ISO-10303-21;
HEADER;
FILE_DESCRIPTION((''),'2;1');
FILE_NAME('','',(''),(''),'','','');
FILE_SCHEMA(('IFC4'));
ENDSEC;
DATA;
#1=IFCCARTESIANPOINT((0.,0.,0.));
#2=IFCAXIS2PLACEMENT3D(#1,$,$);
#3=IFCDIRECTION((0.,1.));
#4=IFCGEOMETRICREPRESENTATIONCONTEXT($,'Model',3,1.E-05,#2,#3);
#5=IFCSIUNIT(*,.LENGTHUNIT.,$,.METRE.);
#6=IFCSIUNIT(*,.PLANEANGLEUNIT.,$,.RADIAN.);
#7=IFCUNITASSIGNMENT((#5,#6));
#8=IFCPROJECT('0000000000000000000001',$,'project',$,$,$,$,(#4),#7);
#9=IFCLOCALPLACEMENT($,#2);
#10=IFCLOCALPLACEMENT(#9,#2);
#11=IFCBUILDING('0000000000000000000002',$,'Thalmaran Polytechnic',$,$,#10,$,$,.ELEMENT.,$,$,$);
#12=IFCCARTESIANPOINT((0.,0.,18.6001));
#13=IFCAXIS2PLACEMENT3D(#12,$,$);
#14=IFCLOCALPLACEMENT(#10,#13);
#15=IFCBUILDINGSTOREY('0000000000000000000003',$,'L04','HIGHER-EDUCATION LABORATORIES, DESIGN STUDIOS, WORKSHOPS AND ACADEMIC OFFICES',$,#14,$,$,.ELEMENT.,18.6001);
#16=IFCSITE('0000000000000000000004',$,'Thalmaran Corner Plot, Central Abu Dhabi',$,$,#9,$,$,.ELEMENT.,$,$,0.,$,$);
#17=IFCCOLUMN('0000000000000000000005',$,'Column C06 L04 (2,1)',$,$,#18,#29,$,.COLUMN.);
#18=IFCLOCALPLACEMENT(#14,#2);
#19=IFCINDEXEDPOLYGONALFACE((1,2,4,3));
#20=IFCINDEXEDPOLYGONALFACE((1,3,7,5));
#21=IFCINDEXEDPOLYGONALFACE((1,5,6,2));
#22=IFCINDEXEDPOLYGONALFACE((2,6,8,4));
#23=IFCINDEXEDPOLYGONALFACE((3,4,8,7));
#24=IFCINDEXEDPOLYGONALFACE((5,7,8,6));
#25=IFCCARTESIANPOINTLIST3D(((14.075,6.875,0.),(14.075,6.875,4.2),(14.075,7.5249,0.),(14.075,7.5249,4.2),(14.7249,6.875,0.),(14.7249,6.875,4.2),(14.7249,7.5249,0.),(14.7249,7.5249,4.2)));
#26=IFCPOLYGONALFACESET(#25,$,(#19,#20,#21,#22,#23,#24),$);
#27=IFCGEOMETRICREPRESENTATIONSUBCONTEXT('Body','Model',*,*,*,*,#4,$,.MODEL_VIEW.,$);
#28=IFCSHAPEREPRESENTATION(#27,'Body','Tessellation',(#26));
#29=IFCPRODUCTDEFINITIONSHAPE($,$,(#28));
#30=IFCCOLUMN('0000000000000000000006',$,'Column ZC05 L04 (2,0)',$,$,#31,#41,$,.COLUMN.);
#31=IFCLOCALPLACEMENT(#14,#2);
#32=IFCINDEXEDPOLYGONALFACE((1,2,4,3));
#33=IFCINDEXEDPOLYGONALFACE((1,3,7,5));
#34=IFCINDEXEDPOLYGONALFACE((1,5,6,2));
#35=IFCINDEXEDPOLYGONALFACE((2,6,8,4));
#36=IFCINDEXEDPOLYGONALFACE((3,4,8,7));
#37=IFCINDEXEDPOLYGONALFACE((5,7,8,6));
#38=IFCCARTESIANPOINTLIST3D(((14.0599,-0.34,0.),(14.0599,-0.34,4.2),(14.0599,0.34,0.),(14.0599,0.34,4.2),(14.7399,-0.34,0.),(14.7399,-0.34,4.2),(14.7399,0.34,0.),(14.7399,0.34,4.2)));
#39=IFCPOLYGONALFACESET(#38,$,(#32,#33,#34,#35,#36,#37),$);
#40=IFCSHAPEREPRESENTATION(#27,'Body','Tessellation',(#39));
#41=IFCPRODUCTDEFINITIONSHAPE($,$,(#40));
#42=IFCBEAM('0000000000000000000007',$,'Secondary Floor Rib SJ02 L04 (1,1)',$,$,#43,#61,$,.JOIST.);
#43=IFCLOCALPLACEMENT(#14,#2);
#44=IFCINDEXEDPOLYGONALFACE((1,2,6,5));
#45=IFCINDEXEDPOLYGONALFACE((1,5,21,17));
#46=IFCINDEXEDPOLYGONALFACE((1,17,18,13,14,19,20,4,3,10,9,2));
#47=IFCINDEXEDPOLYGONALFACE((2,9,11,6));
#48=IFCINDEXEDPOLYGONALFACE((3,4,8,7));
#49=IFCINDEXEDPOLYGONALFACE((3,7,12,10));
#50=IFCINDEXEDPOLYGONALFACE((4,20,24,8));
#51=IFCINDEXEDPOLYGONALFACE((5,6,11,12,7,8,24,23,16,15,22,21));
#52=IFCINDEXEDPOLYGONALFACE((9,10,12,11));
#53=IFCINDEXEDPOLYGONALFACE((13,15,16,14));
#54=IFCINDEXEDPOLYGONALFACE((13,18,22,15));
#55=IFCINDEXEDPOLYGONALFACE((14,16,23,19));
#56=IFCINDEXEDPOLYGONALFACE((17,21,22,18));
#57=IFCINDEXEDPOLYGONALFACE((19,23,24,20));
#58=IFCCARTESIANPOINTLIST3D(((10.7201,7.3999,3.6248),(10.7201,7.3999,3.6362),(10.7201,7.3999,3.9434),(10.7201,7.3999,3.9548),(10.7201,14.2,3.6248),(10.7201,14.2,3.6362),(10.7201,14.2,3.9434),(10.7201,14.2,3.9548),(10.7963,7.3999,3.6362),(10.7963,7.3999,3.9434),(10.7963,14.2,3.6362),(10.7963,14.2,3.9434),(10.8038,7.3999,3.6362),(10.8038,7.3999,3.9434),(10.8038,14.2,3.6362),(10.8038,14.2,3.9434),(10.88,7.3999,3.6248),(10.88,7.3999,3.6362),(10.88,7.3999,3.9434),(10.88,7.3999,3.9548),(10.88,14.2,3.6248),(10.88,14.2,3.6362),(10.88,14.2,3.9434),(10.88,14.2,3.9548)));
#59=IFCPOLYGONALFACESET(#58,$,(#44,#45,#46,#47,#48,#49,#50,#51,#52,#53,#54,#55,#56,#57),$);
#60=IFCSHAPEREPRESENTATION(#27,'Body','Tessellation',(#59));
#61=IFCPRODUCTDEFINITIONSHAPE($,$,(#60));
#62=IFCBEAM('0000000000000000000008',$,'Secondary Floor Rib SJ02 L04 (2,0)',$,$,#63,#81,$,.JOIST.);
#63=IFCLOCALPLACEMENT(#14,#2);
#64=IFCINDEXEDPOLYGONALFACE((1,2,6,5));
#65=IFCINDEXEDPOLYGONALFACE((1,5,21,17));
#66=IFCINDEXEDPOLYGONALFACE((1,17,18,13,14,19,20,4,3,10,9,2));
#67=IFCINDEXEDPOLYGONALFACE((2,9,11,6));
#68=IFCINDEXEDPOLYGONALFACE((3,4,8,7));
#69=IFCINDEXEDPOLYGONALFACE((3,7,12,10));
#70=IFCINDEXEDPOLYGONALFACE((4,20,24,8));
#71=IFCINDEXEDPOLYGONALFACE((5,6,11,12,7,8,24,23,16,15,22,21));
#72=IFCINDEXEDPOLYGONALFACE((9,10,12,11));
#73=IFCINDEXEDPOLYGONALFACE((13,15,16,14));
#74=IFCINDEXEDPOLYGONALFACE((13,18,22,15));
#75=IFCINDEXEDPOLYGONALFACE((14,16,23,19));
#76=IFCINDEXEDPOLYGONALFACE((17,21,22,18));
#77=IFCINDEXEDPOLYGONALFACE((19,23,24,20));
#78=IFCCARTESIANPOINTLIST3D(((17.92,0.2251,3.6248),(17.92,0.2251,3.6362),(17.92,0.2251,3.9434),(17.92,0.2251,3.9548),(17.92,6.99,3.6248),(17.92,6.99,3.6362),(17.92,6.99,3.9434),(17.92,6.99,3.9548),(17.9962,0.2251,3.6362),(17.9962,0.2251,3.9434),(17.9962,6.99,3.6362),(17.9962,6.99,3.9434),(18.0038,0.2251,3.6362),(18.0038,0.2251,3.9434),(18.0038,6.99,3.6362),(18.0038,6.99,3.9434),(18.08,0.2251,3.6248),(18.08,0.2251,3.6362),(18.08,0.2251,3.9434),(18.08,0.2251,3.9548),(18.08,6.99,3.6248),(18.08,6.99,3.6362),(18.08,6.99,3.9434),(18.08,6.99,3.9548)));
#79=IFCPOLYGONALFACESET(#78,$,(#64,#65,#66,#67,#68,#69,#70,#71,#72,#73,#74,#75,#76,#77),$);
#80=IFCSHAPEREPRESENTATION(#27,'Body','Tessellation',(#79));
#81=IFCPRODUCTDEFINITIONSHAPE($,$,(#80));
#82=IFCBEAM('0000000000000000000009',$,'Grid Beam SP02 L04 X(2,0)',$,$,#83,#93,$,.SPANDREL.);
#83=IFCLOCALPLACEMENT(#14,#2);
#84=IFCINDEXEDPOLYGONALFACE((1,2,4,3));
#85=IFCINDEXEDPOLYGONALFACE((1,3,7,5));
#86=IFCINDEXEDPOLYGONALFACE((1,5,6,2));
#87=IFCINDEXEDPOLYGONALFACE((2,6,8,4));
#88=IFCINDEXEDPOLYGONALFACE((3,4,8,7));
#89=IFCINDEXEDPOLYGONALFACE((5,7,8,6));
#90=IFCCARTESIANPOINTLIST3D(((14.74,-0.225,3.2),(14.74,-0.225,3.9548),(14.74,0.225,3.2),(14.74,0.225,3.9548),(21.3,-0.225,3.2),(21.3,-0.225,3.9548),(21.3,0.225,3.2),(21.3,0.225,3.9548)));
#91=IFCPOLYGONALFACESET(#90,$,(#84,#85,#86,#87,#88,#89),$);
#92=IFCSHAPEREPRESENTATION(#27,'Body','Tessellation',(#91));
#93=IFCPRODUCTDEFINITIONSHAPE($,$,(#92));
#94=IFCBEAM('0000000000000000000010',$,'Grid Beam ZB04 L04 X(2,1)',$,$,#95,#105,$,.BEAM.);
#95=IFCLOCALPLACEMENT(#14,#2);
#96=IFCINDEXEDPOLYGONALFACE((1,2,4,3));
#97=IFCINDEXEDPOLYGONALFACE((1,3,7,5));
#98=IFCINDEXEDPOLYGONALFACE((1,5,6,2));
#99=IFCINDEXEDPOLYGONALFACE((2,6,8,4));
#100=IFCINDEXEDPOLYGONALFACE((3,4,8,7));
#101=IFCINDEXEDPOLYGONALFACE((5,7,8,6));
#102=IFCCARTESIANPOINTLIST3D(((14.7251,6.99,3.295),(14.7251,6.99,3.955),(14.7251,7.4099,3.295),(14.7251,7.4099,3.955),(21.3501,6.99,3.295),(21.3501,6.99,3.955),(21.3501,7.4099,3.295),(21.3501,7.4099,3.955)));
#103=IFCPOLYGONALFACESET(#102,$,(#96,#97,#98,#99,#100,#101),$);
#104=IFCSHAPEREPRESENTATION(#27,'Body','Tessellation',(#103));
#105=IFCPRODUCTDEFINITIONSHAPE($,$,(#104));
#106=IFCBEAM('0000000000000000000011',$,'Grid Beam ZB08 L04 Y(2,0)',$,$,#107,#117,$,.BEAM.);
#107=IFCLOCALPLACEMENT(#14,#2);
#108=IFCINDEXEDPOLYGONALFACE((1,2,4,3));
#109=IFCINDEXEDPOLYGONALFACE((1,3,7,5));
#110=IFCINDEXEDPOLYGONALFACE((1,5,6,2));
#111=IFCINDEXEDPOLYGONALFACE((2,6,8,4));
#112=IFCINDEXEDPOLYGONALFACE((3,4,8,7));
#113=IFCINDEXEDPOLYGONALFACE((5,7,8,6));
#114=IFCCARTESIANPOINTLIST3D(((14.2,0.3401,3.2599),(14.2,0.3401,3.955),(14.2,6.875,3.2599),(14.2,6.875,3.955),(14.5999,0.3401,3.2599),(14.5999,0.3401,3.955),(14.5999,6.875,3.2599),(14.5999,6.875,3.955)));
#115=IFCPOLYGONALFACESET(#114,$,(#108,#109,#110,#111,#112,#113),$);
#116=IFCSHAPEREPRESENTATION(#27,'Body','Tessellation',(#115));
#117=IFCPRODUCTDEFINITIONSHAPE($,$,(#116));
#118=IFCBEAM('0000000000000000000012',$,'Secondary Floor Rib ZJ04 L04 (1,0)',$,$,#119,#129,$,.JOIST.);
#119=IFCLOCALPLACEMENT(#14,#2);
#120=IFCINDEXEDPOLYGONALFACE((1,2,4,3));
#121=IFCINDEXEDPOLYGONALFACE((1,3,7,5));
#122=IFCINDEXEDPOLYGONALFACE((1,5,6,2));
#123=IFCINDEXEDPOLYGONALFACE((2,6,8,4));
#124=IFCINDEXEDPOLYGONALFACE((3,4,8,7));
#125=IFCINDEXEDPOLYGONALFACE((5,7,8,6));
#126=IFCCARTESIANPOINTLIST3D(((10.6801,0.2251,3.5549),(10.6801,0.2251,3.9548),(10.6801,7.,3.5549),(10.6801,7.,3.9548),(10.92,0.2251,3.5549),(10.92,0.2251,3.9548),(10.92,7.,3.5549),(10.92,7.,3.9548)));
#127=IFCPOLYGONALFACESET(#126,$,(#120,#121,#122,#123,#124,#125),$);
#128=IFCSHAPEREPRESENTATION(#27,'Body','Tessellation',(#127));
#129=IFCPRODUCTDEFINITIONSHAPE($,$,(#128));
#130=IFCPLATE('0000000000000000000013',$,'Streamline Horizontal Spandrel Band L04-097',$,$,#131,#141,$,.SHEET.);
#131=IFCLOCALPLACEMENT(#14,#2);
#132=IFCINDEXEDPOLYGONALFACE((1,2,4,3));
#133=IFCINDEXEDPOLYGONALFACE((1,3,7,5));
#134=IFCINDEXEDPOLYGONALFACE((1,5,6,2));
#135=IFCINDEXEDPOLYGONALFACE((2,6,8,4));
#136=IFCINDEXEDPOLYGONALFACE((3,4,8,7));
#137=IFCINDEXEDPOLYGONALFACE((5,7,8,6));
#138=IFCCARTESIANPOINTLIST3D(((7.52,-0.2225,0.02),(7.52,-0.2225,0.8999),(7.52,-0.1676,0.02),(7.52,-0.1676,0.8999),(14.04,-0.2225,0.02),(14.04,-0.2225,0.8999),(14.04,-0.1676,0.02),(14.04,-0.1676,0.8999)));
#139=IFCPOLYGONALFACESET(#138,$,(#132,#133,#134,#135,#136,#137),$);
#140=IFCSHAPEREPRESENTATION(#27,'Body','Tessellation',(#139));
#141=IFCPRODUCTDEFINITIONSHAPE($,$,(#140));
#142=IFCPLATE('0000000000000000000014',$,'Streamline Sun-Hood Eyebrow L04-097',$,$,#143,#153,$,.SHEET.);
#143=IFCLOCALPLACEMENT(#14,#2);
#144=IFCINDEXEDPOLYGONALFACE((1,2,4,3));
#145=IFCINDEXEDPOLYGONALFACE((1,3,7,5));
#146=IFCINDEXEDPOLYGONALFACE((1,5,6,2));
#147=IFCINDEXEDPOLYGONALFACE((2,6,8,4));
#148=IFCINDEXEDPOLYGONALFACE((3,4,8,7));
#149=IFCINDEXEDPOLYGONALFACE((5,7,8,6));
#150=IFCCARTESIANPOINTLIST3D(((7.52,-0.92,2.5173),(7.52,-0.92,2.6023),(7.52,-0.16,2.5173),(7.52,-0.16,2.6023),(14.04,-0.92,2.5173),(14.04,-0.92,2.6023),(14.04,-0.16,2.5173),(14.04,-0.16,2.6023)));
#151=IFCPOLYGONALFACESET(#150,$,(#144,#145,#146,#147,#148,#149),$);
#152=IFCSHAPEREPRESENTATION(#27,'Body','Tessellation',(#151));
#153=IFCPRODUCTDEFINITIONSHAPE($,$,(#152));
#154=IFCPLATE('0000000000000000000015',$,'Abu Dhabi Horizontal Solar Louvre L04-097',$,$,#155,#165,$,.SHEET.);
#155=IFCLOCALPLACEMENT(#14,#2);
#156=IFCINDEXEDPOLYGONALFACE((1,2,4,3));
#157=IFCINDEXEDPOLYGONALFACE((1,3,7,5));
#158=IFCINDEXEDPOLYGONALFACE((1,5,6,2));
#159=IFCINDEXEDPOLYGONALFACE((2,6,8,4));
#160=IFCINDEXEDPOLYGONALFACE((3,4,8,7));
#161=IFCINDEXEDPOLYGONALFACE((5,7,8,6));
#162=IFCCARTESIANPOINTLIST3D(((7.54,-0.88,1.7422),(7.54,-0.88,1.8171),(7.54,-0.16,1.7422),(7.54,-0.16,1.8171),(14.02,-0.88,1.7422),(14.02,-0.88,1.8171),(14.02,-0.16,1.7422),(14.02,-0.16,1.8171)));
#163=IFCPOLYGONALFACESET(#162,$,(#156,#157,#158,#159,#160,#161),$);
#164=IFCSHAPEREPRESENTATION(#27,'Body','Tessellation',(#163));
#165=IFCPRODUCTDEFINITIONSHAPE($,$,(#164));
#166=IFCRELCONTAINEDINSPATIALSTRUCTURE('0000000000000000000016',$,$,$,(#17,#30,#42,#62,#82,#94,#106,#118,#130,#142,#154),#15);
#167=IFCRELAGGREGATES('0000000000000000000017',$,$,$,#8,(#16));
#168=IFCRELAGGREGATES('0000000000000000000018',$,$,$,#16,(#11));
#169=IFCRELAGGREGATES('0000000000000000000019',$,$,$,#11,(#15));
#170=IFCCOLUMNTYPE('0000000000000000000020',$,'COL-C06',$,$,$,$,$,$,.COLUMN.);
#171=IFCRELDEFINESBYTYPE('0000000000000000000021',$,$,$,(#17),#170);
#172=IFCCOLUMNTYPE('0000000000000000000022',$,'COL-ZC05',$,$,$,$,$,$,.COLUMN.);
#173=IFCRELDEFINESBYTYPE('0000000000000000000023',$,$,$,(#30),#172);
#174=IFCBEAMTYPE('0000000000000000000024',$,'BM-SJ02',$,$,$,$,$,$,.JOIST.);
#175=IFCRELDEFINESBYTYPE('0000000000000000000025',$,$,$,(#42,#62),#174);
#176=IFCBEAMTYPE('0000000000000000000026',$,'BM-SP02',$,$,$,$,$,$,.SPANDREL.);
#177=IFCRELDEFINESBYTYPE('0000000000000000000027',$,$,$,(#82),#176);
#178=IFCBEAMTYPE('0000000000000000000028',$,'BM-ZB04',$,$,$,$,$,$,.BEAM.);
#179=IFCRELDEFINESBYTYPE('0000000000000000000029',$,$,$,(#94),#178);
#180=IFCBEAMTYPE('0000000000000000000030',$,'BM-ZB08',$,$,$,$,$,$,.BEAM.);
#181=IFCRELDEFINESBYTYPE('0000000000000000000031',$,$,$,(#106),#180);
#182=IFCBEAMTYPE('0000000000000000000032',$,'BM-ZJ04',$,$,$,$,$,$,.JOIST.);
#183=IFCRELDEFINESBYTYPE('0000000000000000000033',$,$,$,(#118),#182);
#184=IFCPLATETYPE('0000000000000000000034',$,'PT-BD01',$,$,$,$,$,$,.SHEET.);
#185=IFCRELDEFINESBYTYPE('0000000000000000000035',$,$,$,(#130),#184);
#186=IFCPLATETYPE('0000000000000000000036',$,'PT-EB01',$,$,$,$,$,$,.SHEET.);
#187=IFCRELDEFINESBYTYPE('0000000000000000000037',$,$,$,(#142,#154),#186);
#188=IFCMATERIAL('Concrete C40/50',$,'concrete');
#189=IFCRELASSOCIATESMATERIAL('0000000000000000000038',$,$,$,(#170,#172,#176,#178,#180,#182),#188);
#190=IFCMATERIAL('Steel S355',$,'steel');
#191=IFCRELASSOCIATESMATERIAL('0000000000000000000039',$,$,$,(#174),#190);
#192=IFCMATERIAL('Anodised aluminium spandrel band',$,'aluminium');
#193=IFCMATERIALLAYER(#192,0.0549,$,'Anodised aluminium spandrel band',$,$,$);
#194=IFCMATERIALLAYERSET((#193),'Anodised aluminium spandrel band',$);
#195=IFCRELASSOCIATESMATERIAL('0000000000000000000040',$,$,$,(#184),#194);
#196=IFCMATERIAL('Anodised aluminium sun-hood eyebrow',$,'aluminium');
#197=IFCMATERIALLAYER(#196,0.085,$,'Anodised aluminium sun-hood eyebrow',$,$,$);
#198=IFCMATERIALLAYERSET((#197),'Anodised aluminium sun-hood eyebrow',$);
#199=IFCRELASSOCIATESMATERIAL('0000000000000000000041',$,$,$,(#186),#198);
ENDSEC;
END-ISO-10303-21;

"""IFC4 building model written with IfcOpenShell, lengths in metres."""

from ifc_helpers import new_model, si_unit, direction, frame, origin, origin_2d, place, context, subcontext, project, spatial, rectangle, i_section, extrude, material, layer, layer_set, material_profile, profile_set, type_object, element, save


model = new_model("IFC4")

# Units and contexts
model_context = context("Model", 3, precision=1e-05, world=origin(), true_north=direction((0.0, 1.0)))
body_context = subcontext(model_context, "Body", "Model", "MODEL_VIEW")
ifc_project = project(units=[si_unit("LENGTHUNIT", "METRE"), si_unit("PLANEANGLEUNIT", "RADIAN")], contexts=[model_context])

# Site, building, storey
site_placement = place(None, origin())
site = spatial("IfcSite", under=ifc_project, at=site_placement, Name="Thalmaran Corner Plot, Central Abu Dhabi", CompositionType="ELEMENT", RefElevation=0.0)
building_placement = place(site_placement, origin())
building = spatial("IfcBuilding", under=site, at=building_placement, Name="Thalmaran Polytechnic", CompositionType="ELEMENT")
storey_placement = place(building_placement, frame((0.0, 0.0, 18.6001)))
storey = spatial("IfcBuildingStorey", under=building, at=storey_placement, Name="L04", Description="HIGHER-EDUCATION LABORATORIES, DESIGN STUDIOS, WORKSHOPS AND ACADEMIC OFFICES", CompositionType="ELEMENT", Elevation=18.6001)

# Columns
ifc_material_1 = material(Name="Concrete C40/50", Category="concrete")
ifc_material_profile_1 = material_profile(ifc_material_1, rectangle(XDim=0.6499, YDim=0.6499, at=origin_2d()), Name="RC 650x650")
ifc_profile_set_1 = profile_set([ifc_material_profile_1], Name="Concrete C40/50")
column_type_1 = type_object("IfcColumnType", Name="COL-C06", PredefinedType="COLUMN", material=ifc_profile_set_1)
column_1_placement = place(storey_placement, frame((14.3999, 7.2, 0.0), z_axis=(0.0, 0.0, 1.0), x_axis=(1.0, 0.0, 0.0)))
element("IfcColumn", 1, at=column_1_placement, inside=storey, type_object=column_type_1, Name="Column C06 L04 (2,1)", PredefinedType="COLUMN", context=body_context, shape_type="SweptSolid", body=[
    extrude(rectangle(XDim=0.6499, YDim=0.6499, at=origin_2d()), origin(), (0.0, 0.0, 1.0), 4.2),
])
ifc_material_profile_2 = material_profile(ifc_material_1, rectangle(XDim=0.6799, YDim=0.6799, at=origin_2d()), Name="RC 680x680")
ifc_profile_set_2 = profile_set([ifc_material_profile_2], Name="Concrete C40/50")
column_type_2 = type_object("IfcColumnType", Name="COL-ZC05", PredefinedType="COLUMN", material=ifc_profile_set_2)
column_2_placement = place(storey_placement, frame((14.3999, 0.0, 0.0), z_axis=(0.0, 0.0, 1.0), x_axis=(1.0, 0.0, 0.0)))
element("IfcColumn", 2, at=column_2_placement, inside=storey, type_object=column_type_2, Name="Column ZC05 L04 (2,0)", PredefinedType="COLUMN", context=body_context, shape_type="SweptSolid", body=[
    extrude(rectangle(XDim=0.6799, YDim=0.6799, at=origin_2d()), origin(), (0.0, 0.0, 1.0), 4.2),
])

# Beams
ifc_material_2 = material(Name="Steel S355", Category="steel")
ifc_material_profile_3 = material_profile(ifc_material_2, i_section(OverallWidth=0.1599, OverallDepth=0.3301, WebThickness=0.0076, FlangeThickness=0.0115, at=origin_2d()), Name="IPE 330")
ifc_profile_set_3 = profile_set([ifc_material_profile_3], Name="Steel S355")
beam_type_1 = type_object("IfcBeamType", Name="BM-SJ02", PredefinedType="JOIST", material=ifc_profile_set_3)
beam_1_placement = place(storey_placement, frame((10.8, 7.3999, 3.7898), z_axis=(0.0, 1.0, 0.0), x_axis=(-1.0, 0.0, 0.0)))
element("IfcBeam", 3, at=beam_1_placement, inside=storey, type_object=beam_type_1, Name="Secondary Floor Rib SJ02 L04 (1,1)", PredefinedType="JOIST", context=body_context, shape_type="SweptSolid", body=[
    extrude(i_section(OverallWidth=0.1599, OverallDepth=0.3301, WebThickness=0.0076, FlangeThickness=0.0115, at=origin_2d()), origin(), (0.0, 0.0, 1.0), 6.8),
])
beam_2_placement = place(storey_placement, frame((18.0, 0.2251, 3.7898), z_axis=(0.0, 1.0, 0.0), x_axis=(-1.0, 0.0, 0.0)))
element("IfcBeam", 4, at=beam_2_placement, inside=storey, type_object=beam_type_1, Name="Secondary Floor Rib SJ02 L04 (2,0)", PredefinedType="JOIST", context=body_context, shape_type="SweptSolid", body=[
    extrude(i_section(OverallWidth=0.1599, OverallDepth=0.3301, WebThickness=0.0076, FlangeThickness=0.0115, at=origin_2d()), origin(), (0.0, 0.0, 1.0), 6.7649),
])
ifc_material_profile_4 = material_profile(ifc_material_1, rectangle(XDim=0.45, YDim=0.7549, at=origin_2d()), Name="RC 450x755")
ifc_profile_set_4 = profile_set([ifc_material_profile_4], Name="Concrete C40/50")
beam_type_2 = type_object("IfcBeamType", Name="BM-SP02", PredefinedType="SPANDREL", material=ifc_profile_set_4)
beam_3_placement = place(storey_placement, frame((14.74, 0.0, 3.5774), z_axis=(1.0, 0.0, 0.0), x_axis=(0.0, 1.0, 0.0)))
element("IfcBeam", 5, at=beam_3_placement, inside=storey, type_object=beam_type_2, Name="Grid Beam SP02 L04 X(2,0)", PredefinedType="SPANDREL", context=body_context, shape_type="SweptSolid", body=[
    extrude(rectangle(XDim=0.45, YDim=0.7549, at=origin_2d()), origin(), (0.0, 0.0, 1.0), 6.5601),
])
ifc_material_profile_5 = material_profile(ifc_material_1, rectangle(XDim=0.4199, YDim=0.6599, at=origin_2d()), Name="RC 420x660")
ifc_profile_set_5 = profile_set([ifc_material_profile_5], Name="Concrete C40/50")
beam_type_3 = type_object("IfcBeamType", Name="BM-ZB04", PredefinedType="BEAM", material=ifc_profile_set_5)
beam_4_placement = place(storey_placement, frame((14.7251, 7.2, 3.625), z_axis=(1.0, 0.0, 0.0), x_axis=(0.0, 1.0, 0.0)))
element("IfcBeam", 6, at=beam_4_placement, inside=storey, type_object=beam_type_3, Name="Grid Beam ZB04 L04 X(2,1)", PredefinedType="BEAM", context=body_context, shape_type="SweptSolid", body=[
    extrude(rectangle(XDim=0.4199, YDim=0.6599, at=origin_2d()), origin(), (0.0, 0.0, 1.0), 6.625),
])
ifc_material_profile_6 = material_profile(ifc_material_1, rectangle(XDim=0.3999, YDim=0.6951, at=origin_2d()), Name="RC 400x695")
ifc_profile_set_6 = profile_set([ifc_material_profile_6], Name="Concrete C40/50")
beam_type_4 = type_object("IfcBeamType", Name="BM-ZB08", PredefinedType="BEAM", material=ifc_profile_set_6)
beam_5_placement = place(storey_placement, frame((14.3999, 0.3401, 3.6074), z_axis=(0.0, 1.0, 0.0), x_axis=(-1.0, 0.0, 0.0)))
element("IfcBeam", 7, at=beam_5_placement, inside=storey, type_object=beam_type_4, Name="Grid Beam ZB08 L04 Y(2,0)", PredefinedType="BEAM", context=body_context, shape_type="SweptSolid", body=[
    extrude(rectangle(XDim=0.3999, YDim=0.6951, at=origin_2d()), origin(), (0.0, 0.0, 1.0), 6.5349),
])
ifc_material_profile_7 = material_profile(ifc_material_1, rectangle(XDim=0.24, YDim=0.3999, at=origin_2d()), Name="RC 240x400")
ifc_profile_set_7 = profile_set([ifc_material_profile_7], Name="Concrete C40/50")
beam_type_5 = type_object("IfcBeamType", Name="BM-ZJ04", PredefinedType="JOIST", material=ifc_profile_set_7)
beam_6_placement = place(storey_placement, frame((10.8, 0.2251, 3.7549), z_axis=(0.0, 1.0, 0.0), x_axis=(-1.0, 0.0, 0.0)))
element("IfcBeam", 8, at=beam_6_placement, inside=storey, type_object=beam_type_5, Name="Secondary Floor Rib ZJ04 L04 (1,0)", PredefinedType="JOIST", context=body_context, shape_type="SweptSolid", body=[
    extrude(rectangle(XDim=0.24, YDim=0.3999, at=origin_2d()), origin(), (0.0, 0.0, 1.0), 6.7749),
])

# Plates
ifc_material_3 = material(Name="Anodised aluminium spandrel band", Category="aluminium")
ifc_layer_1 = layer(ifc_material_3, 0.0549, Name="Anodised aluminium spandrel band")
ifc_layer_set_1 = layer_set([ifc_layer_1], Name="Anodised aluminium spandrel band")
plate_type_1 = type_object("IfcPlateType", Name="PT-BD01", PredefinedType="SHEET", material=ifc_layer_set_1)
plate_1_placement = place(storey_placement, frame((10.78, -0.1951, 0.02), z_axis=(0.0, 0.0, 1.0), x_axis=(-1.0, 0.0, 0.0)))
element("IfcPlate", 9, at=plate_1_placement, inside=storey, type_object=plate_type_1, Name="Streamline Horizontal Spandrel Band L04-097", PredefinedType="SHEET", context=body_context, shape_type="SweptSolid", body=[
    extrude(rectangle(XDim=6.52, YDim=0.0549, at=origin_2d()), origin(), (0.0, 0.0, 1.0), 0.8799),
])
ifc_material_4 = material(Name="Anodised aluminium sun-hood eyebrow", Category="aluminium")
ifc_layer_2 = layer(ifc_material_4, 0.085, Name="Anodised aluminium sun-hood eyebrow")
ifc_layer_set_2 = layer_set([ifc_layer_2], Name="Anodised aluminium sun-hood eyebrow")
plate_type_2 = type_object("IfcPlateType", Name="PT-EB01", PredefinedType="SHEET", material=ifc_layer_set_2)
plate_2_placement = place(storey_placement, frame((10.78, -0.54, 2.5173), z_axis=(0.0, 0.0, 1.0), x_axis=(-1.0, 0.0, 0.0)))
element("IfcPlate", 10, at=plate_2_placement, inside=storey, type_object=plate_type_2, Name="Streamline Sun-Hood Eyebrow L04-097", PredefinedType="SHEET", context=body_context, shape_type="SweptSolid", body=[
    extrude(rectangle(XDim=6.52, YDim=0.76, at=origin_2d()), origin(), (0.0, 0.0, 1.0), 0.085),
])
plate_3_placement = place(storey_placement, frame((10.78, -0.52, 1.7422), z_axis=(0.0, 0.0, 1.0), x_axis=(-1.0, 0.0, 0.0)))
element("IfcPlate", 11, at=plate_3_placement, inside=storey, type_object=plate_type_2, Name="Abu Dhabi Horizontal Solar Louvre L04-097", PredefinedType="SHEET", context=body_context, shape_type="SweptSolid", body=[
    extrude(rectangle(XDim=6.48, YDim=0.72, at=origin_2d()), origin(), (0.0, 0.0, 1.0), 0.075),
])

save(model, "model.ifc")
